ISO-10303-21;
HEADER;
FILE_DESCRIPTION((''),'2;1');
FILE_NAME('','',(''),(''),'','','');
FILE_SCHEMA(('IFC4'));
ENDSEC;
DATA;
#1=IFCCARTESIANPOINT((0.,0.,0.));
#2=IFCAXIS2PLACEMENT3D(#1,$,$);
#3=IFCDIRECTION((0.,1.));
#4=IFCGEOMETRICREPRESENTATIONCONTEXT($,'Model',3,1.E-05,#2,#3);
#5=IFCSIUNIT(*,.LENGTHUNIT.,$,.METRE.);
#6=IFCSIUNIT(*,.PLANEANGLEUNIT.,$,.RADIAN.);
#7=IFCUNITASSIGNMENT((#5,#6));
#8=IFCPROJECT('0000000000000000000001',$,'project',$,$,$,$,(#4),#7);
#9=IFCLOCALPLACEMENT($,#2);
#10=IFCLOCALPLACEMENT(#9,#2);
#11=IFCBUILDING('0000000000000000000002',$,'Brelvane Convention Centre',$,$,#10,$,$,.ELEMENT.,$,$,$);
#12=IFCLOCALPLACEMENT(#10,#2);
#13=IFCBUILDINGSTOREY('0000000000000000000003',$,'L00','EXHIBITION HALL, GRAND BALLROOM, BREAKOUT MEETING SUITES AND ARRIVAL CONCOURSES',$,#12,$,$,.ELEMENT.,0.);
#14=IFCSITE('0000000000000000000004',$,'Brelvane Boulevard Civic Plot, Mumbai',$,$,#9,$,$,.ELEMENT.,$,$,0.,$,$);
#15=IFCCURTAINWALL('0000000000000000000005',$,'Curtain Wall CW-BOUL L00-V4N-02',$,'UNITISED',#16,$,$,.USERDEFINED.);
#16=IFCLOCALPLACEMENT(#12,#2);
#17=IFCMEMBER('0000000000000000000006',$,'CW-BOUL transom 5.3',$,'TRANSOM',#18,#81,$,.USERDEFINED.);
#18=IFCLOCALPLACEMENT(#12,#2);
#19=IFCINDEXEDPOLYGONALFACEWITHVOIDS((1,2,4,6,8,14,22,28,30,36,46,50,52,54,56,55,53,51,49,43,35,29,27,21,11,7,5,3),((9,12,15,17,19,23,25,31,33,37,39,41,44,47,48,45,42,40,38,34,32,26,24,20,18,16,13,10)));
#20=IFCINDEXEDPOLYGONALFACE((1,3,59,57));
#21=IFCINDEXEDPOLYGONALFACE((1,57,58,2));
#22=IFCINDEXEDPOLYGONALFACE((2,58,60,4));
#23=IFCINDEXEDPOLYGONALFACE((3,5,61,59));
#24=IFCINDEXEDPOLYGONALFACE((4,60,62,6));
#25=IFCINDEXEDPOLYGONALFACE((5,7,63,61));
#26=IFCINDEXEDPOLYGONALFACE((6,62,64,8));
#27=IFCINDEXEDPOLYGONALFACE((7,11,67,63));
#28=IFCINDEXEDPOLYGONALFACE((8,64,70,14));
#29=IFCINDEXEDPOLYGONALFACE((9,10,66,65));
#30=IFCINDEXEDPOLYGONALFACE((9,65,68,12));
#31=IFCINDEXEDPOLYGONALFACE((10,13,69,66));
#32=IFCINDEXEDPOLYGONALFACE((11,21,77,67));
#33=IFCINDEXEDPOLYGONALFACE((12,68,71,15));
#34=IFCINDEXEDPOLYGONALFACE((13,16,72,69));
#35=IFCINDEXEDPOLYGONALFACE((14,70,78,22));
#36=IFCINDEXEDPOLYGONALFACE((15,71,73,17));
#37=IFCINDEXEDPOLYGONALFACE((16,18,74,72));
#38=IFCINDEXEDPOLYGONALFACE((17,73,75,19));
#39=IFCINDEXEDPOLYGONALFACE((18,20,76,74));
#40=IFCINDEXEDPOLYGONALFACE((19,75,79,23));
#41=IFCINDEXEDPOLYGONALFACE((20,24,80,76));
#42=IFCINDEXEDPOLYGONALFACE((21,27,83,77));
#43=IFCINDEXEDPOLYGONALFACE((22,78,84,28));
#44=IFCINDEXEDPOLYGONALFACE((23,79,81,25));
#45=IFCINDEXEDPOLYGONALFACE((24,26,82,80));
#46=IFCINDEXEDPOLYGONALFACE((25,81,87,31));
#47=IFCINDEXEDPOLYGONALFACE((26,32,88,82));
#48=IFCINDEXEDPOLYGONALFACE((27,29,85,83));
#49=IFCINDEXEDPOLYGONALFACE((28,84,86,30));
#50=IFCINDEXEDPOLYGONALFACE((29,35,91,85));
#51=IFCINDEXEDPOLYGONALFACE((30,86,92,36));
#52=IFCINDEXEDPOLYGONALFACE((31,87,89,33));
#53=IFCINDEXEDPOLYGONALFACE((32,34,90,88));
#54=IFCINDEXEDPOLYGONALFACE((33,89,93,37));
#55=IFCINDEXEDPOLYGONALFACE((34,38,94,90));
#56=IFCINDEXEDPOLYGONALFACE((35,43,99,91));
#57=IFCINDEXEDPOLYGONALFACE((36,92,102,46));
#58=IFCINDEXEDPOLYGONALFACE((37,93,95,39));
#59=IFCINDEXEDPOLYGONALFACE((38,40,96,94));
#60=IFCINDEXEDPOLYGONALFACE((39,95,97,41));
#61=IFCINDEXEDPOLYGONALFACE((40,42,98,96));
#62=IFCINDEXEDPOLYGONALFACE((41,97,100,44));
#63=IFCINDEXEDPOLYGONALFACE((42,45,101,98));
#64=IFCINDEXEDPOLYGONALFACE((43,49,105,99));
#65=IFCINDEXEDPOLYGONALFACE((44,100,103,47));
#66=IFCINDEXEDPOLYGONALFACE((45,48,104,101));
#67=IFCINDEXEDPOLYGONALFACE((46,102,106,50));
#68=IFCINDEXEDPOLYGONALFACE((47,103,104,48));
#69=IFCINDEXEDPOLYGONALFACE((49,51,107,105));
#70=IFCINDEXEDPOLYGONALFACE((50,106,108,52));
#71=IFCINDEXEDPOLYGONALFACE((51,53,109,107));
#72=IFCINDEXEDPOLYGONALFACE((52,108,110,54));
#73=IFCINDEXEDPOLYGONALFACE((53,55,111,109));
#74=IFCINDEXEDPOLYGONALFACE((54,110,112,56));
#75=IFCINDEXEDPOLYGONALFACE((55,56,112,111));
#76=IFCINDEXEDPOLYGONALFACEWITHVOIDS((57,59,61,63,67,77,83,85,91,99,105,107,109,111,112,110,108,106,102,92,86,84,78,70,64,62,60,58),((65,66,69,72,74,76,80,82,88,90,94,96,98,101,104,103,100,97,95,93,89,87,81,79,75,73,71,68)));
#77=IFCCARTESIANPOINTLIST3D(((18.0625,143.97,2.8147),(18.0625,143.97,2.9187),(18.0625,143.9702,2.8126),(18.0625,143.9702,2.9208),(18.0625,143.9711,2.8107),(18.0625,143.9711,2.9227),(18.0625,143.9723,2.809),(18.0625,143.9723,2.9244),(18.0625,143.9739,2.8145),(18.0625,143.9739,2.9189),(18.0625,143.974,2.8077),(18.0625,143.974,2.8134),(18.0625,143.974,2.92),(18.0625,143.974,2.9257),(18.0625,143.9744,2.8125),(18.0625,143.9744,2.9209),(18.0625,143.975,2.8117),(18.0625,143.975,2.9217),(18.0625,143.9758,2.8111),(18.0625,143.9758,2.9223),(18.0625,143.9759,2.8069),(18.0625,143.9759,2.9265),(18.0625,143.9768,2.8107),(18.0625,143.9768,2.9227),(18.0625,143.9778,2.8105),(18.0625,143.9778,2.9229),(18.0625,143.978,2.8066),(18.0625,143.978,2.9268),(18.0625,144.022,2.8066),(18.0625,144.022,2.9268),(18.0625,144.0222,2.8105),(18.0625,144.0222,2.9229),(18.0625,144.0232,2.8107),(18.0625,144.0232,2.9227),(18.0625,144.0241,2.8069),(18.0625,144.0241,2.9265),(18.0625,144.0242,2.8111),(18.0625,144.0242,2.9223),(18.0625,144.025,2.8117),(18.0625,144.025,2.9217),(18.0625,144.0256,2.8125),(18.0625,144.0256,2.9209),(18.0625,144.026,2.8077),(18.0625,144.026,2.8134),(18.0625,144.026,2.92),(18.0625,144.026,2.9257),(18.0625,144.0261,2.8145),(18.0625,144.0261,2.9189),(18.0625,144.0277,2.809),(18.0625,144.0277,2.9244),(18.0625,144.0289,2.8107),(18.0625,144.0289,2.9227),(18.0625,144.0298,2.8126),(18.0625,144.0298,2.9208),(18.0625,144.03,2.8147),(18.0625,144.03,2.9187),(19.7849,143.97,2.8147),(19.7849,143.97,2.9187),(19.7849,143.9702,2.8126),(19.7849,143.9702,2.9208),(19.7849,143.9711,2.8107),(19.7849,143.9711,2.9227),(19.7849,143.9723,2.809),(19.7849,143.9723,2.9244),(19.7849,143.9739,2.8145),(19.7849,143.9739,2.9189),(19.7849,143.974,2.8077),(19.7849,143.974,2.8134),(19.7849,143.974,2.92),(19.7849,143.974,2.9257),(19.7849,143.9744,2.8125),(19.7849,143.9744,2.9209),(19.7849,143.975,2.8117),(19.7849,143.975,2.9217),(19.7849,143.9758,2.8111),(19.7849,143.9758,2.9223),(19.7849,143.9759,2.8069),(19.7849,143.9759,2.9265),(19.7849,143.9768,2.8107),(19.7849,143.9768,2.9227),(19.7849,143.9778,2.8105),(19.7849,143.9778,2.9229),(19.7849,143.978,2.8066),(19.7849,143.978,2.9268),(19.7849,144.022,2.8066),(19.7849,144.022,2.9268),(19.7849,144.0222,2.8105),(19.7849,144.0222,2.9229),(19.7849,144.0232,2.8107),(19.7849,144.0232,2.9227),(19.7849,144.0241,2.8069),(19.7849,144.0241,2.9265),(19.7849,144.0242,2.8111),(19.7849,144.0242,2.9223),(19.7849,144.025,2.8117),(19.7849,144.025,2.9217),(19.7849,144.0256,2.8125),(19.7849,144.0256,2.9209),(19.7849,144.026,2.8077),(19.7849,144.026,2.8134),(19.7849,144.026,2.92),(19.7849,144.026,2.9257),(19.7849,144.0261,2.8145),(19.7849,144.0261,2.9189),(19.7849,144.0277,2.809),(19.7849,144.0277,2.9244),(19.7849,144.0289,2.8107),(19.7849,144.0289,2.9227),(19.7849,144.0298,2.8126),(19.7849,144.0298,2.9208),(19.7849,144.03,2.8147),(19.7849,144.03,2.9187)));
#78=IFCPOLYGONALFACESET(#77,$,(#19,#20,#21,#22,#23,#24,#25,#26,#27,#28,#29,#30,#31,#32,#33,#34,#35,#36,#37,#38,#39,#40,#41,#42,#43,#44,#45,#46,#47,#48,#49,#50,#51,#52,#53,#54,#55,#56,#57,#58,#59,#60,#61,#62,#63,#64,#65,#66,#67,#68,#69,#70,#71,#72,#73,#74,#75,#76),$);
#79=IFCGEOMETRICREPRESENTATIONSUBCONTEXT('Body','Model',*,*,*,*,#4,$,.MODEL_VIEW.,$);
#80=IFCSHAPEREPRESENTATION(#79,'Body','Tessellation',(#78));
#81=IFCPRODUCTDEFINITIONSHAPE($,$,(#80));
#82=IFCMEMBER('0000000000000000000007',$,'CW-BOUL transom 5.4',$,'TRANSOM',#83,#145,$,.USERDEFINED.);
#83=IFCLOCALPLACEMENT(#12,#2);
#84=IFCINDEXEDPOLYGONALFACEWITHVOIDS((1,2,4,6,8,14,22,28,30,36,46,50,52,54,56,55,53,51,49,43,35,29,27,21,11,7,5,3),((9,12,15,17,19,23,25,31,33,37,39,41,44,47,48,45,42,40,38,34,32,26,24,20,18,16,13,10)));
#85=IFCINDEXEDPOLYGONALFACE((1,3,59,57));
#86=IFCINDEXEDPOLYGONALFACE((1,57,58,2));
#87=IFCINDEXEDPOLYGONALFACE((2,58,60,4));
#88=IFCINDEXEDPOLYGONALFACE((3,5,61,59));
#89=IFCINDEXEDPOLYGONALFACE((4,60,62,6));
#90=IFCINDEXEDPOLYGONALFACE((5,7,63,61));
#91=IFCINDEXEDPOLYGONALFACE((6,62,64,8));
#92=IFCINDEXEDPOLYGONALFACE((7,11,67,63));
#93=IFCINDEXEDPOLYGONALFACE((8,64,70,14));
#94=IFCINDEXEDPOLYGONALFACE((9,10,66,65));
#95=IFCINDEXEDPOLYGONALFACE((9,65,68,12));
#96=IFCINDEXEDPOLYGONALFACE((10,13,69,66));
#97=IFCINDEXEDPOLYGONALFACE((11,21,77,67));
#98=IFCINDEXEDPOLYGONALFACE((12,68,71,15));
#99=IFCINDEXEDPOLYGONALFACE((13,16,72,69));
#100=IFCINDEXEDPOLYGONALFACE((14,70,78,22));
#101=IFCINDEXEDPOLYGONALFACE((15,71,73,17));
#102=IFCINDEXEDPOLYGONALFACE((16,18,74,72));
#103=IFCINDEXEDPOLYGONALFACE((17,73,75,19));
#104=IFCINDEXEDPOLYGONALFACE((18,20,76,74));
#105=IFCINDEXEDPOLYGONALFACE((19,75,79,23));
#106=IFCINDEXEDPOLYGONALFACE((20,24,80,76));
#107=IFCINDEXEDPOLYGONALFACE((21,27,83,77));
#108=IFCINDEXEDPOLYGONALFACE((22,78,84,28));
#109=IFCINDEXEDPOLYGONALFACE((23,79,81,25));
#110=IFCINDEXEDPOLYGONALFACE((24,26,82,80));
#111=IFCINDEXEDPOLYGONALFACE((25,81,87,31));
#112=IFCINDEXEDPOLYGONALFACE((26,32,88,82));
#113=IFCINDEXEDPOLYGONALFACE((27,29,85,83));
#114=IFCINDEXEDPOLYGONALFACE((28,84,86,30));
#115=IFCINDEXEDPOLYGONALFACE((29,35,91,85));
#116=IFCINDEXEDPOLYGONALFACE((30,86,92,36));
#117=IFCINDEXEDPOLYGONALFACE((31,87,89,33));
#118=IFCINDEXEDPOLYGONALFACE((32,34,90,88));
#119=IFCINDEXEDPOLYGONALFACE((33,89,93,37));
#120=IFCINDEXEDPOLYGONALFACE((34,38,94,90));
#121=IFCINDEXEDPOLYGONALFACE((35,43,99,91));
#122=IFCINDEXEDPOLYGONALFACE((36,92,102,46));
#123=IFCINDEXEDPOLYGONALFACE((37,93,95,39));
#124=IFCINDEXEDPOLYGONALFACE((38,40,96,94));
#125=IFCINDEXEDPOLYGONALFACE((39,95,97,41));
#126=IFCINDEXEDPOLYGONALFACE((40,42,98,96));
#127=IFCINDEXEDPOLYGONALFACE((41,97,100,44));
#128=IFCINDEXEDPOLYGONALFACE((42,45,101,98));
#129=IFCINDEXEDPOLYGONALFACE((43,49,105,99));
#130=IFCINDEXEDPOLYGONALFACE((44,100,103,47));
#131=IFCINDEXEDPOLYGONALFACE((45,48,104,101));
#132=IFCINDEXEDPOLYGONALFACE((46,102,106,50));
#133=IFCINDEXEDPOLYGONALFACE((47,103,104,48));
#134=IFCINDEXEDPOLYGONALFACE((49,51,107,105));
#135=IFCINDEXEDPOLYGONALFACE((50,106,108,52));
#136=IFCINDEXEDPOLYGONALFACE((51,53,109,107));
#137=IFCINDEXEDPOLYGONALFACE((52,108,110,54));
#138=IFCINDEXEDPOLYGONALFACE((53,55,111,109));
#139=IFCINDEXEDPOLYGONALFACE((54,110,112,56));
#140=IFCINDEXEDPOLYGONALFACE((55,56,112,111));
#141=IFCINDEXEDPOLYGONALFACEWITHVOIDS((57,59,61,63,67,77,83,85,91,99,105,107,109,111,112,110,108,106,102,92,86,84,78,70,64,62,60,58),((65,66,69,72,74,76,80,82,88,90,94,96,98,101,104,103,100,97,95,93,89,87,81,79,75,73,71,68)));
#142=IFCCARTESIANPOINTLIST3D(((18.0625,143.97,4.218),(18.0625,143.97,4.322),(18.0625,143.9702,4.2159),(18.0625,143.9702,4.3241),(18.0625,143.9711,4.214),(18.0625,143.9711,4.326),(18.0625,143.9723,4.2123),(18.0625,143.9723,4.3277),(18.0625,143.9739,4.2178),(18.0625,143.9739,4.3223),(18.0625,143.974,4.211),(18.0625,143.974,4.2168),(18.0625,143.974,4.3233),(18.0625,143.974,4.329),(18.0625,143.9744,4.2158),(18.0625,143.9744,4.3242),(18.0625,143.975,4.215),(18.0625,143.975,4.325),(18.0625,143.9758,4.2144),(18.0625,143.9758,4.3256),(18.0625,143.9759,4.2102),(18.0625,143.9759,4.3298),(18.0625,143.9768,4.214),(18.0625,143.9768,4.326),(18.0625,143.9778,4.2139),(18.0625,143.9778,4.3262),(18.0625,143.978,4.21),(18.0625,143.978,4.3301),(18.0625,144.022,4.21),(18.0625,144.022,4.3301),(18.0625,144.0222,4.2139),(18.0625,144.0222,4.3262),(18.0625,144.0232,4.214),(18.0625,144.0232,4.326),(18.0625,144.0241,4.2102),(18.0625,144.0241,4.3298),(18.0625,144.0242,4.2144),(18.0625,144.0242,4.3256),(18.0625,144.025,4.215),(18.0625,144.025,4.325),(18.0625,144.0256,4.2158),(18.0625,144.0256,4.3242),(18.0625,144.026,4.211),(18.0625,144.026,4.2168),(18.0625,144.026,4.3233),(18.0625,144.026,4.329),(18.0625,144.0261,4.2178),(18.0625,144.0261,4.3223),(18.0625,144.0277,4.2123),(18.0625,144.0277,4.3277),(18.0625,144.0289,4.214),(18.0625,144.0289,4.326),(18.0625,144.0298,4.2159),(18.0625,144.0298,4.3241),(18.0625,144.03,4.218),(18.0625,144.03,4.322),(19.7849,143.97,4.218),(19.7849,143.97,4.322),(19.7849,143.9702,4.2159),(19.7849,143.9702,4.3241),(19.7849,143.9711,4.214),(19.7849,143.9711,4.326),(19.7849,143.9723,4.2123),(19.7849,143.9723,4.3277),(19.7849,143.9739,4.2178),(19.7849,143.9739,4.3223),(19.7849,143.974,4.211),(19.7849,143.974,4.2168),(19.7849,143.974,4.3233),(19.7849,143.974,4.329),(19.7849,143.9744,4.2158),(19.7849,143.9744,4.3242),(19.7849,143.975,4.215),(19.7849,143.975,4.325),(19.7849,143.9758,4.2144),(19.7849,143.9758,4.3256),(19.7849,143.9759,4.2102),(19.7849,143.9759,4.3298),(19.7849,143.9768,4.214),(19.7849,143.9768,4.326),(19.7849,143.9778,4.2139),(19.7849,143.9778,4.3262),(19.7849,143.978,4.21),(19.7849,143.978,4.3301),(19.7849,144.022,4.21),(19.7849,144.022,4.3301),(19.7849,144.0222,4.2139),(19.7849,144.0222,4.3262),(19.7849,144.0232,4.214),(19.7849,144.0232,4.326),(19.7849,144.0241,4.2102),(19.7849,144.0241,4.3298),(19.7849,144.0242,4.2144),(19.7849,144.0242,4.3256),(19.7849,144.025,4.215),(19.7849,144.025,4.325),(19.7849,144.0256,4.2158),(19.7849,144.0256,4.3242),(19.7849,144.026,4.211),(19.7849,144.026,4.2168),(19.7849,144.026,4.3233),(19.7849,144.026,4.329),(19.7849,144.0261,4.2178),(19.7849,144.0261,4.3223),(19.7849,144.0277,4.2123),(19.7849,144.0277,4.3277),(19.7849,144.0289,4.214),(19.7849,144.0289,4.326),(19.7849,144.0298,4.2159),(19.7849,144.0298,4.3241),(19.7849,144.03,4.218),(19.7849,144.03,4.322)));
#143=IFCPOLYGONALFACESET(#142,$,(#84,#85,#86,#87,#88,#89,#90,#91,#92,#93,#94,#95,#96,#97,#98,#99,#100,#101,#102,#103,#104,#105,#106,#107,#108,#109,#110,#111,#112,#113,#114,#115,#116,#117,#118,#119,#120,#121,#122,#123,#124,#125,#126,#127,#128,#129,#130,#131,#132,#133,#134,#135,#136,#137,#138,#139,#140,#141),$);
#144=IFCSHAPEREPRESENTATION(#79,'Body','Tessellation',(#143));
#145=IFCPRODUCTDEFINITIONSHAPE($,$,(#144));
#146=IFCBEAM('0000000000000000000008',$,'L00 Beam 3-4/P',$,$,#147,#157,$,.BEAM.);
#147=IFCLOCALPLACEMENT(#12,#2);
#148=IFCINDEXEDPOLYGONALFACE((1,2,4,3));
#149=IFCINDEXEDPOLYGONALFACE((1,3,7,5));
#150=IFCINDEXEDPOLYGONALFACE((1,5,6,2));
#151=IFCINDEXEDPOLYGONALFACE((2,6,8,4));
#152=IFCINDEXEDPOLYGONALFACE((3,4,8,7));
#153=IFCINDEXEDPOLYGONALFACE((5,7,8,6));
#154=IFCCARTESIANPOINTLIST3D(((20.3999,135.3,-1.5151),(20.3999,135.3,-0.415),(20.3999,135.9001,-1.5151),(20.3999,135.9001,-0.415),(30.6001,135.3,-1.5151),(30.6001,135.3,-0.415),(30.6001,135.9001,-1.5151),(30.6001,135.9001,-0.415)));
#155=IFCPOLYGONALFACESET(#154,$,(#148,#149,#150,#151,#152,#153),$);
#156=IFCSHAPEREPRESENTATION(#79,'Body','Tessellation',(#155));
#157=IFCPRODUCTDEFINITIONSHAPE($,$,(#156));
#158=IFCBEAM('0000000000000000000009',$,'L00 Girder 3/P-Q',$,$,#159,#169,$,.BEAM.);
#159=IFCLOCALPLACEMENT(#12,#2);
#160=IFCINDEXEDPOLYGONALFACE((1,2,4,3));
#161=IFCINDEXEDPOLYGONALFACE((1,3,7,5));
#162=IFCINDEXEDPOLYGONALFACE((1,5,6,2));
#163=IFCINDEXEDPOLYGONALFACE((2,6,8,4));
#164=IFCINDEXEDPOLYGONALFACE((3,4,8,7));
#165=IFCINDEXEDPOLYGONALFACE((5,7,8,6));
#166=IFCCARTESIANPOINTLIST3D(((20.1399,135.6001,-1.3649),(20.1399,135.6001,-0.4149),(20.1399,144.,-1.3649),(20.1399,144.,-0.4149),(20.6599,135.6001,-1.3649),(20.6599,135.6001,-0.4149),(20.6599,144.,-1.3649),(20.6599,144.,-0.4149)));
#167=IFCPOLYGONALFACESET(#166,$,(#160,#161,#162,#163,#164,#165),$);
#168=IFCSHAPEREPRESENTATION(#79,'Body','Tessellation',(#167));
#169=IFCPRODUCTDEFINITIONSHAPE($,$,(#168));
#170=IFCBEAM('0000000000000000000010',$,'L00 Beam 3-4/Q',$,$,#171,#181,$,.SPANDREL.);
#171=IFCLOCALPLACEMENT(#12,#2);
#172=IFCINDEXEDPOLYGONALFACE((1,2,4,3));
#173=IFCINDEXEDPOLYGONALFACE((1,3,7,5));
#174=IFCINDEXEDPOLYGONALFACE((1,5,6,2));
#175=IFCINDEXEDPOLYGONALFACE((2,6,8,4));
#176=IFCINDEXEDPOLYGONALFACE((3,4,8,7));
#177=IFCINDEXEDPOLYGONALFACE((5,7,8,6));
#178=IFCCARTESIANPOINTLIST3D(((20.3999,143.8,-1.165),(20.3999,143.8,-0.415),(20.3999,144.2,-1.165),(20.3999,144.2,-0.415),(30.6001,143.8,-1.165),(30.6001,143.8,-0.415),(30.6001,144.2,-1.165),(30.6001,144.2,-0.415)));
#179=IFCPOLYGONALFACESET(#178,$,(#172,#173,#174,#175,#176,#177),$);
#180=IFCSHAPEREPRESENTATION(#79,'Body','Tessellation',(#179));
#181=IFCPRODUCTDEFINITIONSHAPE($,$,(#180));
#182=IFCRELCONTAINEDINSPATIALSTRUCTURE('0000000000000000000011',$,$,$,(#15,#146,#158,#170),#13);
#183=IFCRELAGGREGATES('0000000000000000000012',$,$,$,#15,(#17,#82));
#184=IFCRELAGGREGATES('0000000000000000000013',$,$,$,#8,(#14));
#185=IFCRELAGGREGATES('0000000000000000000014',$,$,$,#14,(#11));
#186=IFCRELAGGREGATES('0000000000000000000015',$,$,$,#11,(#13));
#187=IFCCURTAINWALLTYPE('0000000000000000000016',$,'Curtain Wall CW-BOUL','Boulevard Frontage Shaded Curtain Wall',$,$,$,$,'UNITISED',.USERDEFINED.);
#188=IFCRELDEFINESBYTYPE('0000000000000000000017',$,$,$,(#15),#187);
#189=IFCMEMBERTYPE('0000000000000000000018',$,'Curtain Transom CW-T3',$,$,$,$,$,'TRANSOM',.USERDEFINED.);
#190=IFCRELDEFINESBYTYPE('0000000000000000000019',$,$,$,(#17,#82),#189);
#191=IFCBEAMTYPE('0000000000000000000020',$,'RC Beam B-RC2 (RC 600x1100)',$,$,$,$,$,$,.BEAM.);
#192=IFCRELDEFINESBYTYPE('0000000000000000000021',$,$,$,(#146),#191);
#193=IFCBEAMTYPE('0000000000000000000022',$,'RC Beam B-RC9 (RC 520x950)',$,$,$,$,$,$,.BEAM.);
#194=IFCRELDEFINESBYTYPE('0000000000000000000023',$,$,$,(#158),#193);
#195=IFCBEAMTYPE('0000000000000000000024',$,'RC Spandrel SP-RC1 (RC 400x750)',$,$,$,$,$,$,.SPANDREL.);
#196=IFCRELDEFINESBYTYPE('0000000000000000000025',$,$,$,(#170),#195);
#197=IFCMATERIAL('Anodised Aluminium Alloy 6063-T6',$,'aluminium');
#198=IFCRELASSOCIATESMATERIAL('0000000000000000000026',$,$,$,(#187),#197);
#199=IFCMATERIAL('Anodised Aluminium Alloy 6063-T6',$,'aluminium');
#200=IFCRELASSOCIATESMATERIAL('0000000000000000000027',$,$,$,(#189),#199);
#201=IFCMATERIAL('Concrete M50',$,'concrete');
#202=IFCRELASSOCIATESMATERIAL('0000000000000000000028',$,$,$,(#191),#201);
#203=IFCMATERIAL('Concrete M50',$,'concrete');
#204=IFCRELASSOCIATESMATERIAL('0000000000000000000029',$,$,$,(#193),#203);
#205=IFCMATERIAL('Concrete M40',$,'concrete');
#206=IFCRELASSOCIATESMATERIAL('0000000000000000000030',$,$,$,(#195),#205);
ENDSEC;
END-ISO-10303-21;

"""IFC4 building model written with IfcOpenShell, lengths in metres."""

from ifc_helpers import new_model, si_unit, direction, frame, origin, origin_2d, place, context, subcontext, project, spatial, rectangle, hollow_rectangle, extrude, material, material_profile, profile_set, type_object, element, aggregate, save


model = new_model("IFC4")

# Units and contexts
model_context = context("Model", 3, precision=1e-05, world=origin(), true_north=direction((0.0, 1.0)))
body_context = subcontext(model_context, "Body", "Model", "MODEL_VIEW")
ifc_project = project(units=[si_unit("LENGTHUNIT", "METRE"), si_unit("PLANEANGLEUNIT", "RADIAN")], contexts=[model_context])

# Site, building, storey
site_placement = place(None, origin())
site = spatial("IfcSite", under=ifc_project, at=site_placement, Name="Brelvane Boulevard Civic Plot, Mumbai", CompositionType="ELEMENT", RefElevation=0.0)
building_placement = place(site_placement, origin())
building = spatial("IfcBuilding", under=site, at=building_placement, Name="Brelvane Convention Centre", CompositionType="ELEMENT")
storey_placement = place(building_placement, origin())
storey = spatial("IfcBuildingStorey", under=building, at=storey_placement, Name="L00", Description="EXHIBITION HALL, GRAND BALLROOM, BREAKOUT MEETING SUITES AND ARRIVAL CONCOURSES", CompositionType="ELEMENT", Elevation=0.0)

# Curtain wall, members
ifc_material_1 = material(Name="Anodised Aluminium Alloy 6063-T6", Category="aluminium")
curtain_wall_type = type_object("IfcCurtainWallType", Name="Curtain Wall CW-BOUL", Description="Boulevard Frontage Shaded Curtain Wall", ElementType="UNITISED", PredefinedType="USERDEFINED", material=ifc_material_1)
curtain_wall_placement = place(storey_placement, origin())
curtain_wall = element("IfcCurtainWall", 1, at=curtain_wall_placement, inside=storey, type_object=curtain_wall_type, Name="Curtain Wall CW-BOUL L00-V4N-02", ObjectType="UNITISED", PredefinedType="USERDEFINED")
ifc_material_2 = material(Name="Anodised Aluminium Alloy 6063-T6", Category="aluminium")
ifc_material_profile_1 = material_profile(ifc_material_2, hollow_rectangle(XDim=0.0601, YDim=0.1201, WallThickness=0.0039, InnerFilletRadius=0.0039, OuterFilletRadius=0.0081, at=origin_2d()), Name="ALU-T 120x60x4.0")
ifc_profile_set_1 = profile_set([ifc_material_profile_1], Name="Anodised Aluminium Alloy 6063-T6")
member_type_1 = type_object("IfcMemberType", Name="Curtain Transom CW-T3", ElementType="TRANSOM", PredefinedType="USERDEFINED", material=ifc_profile_set_1)
member_1_placement = place(storey_placement, frame((18.0625, 144.0, 2.8667), z_axis=(1.0, 0.0, 0.0), x_axis=(0.0, 1.0, 0.0)))
member_1 = element("IfcMember", 2, at=member_1_placement, type_object=member_type_1, Name="CW-BOUL transom 5.3", ObjectType="TRANSOM", PredefinedType="USERDEFINED", context=body_context, shape_type="SweptSolid", body=[
    extrude(hollow_rectangle(XDim=0.0601, YDim=0.1201, WallThickness=0.0039, InnerFilletRadius=0.0039, OuterFilletRadius=0.0081, at=origin_2d()), origin(), (0.0, 0.0, 1.0), 1.7224),
])
member_2_placement = place(storey_placement, frame((18.0625, 144.0, 4.27), z_axis=(1.0, 0.0, 0.0), x_axis=(0.0, 1.0, 0.0)))
member_2 = element("IfcMember", 3, at=member_2_placement, type_object=member_type_1, Name="CW-BOUL transom 5.4", ObjectType="TRANSOM", PredefinedType="USERDEFINED", context=body_context, shape_type="SweptSolid", body=[
    extrude(hollow_rectangle(XDim=0.0601, YDim=0.1201, WallThickness=0.0039, InnerFilletRadius=0.0039, OuterFilletRadius=0.0081, at=origin_2d()), origin(), (0.0, 0.0, 1.0), 1.7224),
])

# Beams
ifc_material_3 = material(Name="Concrete M50", Category="concrete")
ifc_material_profile_2 = material_profile(ifc_material_3, rectangle(XDim=0.6001, YDim=1.1001, at=origin_2d()), Name="RC 600x1100")
ifc_profile_set_2 = profile_set([ifc_material_profile_2], Name="Concrete M50")
beam_type_1 = type_object("IfcBeamType", Name="RC Beam B-RC2 (RC 600x1100)", PredefinedType="BEAM", material=ifc_profile_set_2)
beam_1_placement = place(storey_placement, frame((20.3999, 135.6001, -0.9651), z_axis=(1.0, 0.0, 0.0), x_axis=(0.0, 1.0, 0.0)))
element("IfcBeam", 4, at=beam_1_placement, inside=storey, type_object=beam_type_1, Name="L00 Beam 3-4/P", PredefinedType="BEAM", context=body_context, shape_type="SweptSolid", body=[
    extrude(rectangle(XDim=0.6001, YDim=1.1001, at=origin_2d()), origin(), (0.0, 0.0, 1.0), 10.2002),
])
ifc_material_4 = material(Name="Concrete M50", Category="concrete")
ifc_material_profile_3 = material_profile(ifc_material_4, rectangle(XDim=0.52, YDim=0.95, at=origin_2d()), Name="RC 520x950")
ifc_profile_set_3 = profile_set([ifc_material_profile_3], Name="Concrete M50")
beam_type_2 = type_object("IfcBeamType", Name="RC Beam B-RC9 (RC 520x950)", PredefinedType="BEAM", material=ifc_profile_set_3)
beam_2_placement = place(storey_placement, frame((20.3999, 135.6001, -0.8899), z_axis=(0.0, 1.0, 0.0), x_axis=(-1.0, 0.0, 0.0)))
element("IfcBeam", 5, at=beam_2_placement, inside=storey, type_object=beam_type_2, Name="L00 Girder 3/P-Q", PredefinedType="BEAM", context=body_context, shape_type="SweptSolid", body=[
    extrude(rectangle(XDim=0.52, YDim=0.95, at=origin_2d()), origin(), (0.0, 0.0, 1.0), 8.3999),
])
ifc_material_5 = material(Name="Concrete M40", Category="concrete")
ifc_material_profile_4 = material_profile(ifc_material_5, rectangle(XDim=0.3999, YDim=0.75, at=origin_2d()), Name="RC 400x750")
ifc_profile_set_4 = profile_set([ifc_material_profile_4], Name="Concrete M40")
beam_type_3 = type_object("IfcBeamType", Name="RC Spandrel SP-RC1 (RC 400x750)", PredefinedType="SPANDREL", material=ifc_profile_set_4)
beam_3_placement = place(storey_placement, frame((20.3999, 144.0, -0.79), z_axis=(1.0, 0.0, 0.0), x_axis=(0.0, 1.0, 0.0)))
element("IfcBeam", 6, at=beam_3_placement, inside=storey, type_object=beam_type_3, Name="L00 Beam 3-4/Q", PredefinedType="SPANDREL", context=body_context, shape_type="SweptSolid", body=[
    extrude(rectangle(XDim=0.3999, YDim=0.75, at=origin_2d()), origin(), (0.0, 0.0, 1.0), 10.2002),
])

aggregate(curtain_wall, [member_1, member_2])

save(model, "model.ifc")
